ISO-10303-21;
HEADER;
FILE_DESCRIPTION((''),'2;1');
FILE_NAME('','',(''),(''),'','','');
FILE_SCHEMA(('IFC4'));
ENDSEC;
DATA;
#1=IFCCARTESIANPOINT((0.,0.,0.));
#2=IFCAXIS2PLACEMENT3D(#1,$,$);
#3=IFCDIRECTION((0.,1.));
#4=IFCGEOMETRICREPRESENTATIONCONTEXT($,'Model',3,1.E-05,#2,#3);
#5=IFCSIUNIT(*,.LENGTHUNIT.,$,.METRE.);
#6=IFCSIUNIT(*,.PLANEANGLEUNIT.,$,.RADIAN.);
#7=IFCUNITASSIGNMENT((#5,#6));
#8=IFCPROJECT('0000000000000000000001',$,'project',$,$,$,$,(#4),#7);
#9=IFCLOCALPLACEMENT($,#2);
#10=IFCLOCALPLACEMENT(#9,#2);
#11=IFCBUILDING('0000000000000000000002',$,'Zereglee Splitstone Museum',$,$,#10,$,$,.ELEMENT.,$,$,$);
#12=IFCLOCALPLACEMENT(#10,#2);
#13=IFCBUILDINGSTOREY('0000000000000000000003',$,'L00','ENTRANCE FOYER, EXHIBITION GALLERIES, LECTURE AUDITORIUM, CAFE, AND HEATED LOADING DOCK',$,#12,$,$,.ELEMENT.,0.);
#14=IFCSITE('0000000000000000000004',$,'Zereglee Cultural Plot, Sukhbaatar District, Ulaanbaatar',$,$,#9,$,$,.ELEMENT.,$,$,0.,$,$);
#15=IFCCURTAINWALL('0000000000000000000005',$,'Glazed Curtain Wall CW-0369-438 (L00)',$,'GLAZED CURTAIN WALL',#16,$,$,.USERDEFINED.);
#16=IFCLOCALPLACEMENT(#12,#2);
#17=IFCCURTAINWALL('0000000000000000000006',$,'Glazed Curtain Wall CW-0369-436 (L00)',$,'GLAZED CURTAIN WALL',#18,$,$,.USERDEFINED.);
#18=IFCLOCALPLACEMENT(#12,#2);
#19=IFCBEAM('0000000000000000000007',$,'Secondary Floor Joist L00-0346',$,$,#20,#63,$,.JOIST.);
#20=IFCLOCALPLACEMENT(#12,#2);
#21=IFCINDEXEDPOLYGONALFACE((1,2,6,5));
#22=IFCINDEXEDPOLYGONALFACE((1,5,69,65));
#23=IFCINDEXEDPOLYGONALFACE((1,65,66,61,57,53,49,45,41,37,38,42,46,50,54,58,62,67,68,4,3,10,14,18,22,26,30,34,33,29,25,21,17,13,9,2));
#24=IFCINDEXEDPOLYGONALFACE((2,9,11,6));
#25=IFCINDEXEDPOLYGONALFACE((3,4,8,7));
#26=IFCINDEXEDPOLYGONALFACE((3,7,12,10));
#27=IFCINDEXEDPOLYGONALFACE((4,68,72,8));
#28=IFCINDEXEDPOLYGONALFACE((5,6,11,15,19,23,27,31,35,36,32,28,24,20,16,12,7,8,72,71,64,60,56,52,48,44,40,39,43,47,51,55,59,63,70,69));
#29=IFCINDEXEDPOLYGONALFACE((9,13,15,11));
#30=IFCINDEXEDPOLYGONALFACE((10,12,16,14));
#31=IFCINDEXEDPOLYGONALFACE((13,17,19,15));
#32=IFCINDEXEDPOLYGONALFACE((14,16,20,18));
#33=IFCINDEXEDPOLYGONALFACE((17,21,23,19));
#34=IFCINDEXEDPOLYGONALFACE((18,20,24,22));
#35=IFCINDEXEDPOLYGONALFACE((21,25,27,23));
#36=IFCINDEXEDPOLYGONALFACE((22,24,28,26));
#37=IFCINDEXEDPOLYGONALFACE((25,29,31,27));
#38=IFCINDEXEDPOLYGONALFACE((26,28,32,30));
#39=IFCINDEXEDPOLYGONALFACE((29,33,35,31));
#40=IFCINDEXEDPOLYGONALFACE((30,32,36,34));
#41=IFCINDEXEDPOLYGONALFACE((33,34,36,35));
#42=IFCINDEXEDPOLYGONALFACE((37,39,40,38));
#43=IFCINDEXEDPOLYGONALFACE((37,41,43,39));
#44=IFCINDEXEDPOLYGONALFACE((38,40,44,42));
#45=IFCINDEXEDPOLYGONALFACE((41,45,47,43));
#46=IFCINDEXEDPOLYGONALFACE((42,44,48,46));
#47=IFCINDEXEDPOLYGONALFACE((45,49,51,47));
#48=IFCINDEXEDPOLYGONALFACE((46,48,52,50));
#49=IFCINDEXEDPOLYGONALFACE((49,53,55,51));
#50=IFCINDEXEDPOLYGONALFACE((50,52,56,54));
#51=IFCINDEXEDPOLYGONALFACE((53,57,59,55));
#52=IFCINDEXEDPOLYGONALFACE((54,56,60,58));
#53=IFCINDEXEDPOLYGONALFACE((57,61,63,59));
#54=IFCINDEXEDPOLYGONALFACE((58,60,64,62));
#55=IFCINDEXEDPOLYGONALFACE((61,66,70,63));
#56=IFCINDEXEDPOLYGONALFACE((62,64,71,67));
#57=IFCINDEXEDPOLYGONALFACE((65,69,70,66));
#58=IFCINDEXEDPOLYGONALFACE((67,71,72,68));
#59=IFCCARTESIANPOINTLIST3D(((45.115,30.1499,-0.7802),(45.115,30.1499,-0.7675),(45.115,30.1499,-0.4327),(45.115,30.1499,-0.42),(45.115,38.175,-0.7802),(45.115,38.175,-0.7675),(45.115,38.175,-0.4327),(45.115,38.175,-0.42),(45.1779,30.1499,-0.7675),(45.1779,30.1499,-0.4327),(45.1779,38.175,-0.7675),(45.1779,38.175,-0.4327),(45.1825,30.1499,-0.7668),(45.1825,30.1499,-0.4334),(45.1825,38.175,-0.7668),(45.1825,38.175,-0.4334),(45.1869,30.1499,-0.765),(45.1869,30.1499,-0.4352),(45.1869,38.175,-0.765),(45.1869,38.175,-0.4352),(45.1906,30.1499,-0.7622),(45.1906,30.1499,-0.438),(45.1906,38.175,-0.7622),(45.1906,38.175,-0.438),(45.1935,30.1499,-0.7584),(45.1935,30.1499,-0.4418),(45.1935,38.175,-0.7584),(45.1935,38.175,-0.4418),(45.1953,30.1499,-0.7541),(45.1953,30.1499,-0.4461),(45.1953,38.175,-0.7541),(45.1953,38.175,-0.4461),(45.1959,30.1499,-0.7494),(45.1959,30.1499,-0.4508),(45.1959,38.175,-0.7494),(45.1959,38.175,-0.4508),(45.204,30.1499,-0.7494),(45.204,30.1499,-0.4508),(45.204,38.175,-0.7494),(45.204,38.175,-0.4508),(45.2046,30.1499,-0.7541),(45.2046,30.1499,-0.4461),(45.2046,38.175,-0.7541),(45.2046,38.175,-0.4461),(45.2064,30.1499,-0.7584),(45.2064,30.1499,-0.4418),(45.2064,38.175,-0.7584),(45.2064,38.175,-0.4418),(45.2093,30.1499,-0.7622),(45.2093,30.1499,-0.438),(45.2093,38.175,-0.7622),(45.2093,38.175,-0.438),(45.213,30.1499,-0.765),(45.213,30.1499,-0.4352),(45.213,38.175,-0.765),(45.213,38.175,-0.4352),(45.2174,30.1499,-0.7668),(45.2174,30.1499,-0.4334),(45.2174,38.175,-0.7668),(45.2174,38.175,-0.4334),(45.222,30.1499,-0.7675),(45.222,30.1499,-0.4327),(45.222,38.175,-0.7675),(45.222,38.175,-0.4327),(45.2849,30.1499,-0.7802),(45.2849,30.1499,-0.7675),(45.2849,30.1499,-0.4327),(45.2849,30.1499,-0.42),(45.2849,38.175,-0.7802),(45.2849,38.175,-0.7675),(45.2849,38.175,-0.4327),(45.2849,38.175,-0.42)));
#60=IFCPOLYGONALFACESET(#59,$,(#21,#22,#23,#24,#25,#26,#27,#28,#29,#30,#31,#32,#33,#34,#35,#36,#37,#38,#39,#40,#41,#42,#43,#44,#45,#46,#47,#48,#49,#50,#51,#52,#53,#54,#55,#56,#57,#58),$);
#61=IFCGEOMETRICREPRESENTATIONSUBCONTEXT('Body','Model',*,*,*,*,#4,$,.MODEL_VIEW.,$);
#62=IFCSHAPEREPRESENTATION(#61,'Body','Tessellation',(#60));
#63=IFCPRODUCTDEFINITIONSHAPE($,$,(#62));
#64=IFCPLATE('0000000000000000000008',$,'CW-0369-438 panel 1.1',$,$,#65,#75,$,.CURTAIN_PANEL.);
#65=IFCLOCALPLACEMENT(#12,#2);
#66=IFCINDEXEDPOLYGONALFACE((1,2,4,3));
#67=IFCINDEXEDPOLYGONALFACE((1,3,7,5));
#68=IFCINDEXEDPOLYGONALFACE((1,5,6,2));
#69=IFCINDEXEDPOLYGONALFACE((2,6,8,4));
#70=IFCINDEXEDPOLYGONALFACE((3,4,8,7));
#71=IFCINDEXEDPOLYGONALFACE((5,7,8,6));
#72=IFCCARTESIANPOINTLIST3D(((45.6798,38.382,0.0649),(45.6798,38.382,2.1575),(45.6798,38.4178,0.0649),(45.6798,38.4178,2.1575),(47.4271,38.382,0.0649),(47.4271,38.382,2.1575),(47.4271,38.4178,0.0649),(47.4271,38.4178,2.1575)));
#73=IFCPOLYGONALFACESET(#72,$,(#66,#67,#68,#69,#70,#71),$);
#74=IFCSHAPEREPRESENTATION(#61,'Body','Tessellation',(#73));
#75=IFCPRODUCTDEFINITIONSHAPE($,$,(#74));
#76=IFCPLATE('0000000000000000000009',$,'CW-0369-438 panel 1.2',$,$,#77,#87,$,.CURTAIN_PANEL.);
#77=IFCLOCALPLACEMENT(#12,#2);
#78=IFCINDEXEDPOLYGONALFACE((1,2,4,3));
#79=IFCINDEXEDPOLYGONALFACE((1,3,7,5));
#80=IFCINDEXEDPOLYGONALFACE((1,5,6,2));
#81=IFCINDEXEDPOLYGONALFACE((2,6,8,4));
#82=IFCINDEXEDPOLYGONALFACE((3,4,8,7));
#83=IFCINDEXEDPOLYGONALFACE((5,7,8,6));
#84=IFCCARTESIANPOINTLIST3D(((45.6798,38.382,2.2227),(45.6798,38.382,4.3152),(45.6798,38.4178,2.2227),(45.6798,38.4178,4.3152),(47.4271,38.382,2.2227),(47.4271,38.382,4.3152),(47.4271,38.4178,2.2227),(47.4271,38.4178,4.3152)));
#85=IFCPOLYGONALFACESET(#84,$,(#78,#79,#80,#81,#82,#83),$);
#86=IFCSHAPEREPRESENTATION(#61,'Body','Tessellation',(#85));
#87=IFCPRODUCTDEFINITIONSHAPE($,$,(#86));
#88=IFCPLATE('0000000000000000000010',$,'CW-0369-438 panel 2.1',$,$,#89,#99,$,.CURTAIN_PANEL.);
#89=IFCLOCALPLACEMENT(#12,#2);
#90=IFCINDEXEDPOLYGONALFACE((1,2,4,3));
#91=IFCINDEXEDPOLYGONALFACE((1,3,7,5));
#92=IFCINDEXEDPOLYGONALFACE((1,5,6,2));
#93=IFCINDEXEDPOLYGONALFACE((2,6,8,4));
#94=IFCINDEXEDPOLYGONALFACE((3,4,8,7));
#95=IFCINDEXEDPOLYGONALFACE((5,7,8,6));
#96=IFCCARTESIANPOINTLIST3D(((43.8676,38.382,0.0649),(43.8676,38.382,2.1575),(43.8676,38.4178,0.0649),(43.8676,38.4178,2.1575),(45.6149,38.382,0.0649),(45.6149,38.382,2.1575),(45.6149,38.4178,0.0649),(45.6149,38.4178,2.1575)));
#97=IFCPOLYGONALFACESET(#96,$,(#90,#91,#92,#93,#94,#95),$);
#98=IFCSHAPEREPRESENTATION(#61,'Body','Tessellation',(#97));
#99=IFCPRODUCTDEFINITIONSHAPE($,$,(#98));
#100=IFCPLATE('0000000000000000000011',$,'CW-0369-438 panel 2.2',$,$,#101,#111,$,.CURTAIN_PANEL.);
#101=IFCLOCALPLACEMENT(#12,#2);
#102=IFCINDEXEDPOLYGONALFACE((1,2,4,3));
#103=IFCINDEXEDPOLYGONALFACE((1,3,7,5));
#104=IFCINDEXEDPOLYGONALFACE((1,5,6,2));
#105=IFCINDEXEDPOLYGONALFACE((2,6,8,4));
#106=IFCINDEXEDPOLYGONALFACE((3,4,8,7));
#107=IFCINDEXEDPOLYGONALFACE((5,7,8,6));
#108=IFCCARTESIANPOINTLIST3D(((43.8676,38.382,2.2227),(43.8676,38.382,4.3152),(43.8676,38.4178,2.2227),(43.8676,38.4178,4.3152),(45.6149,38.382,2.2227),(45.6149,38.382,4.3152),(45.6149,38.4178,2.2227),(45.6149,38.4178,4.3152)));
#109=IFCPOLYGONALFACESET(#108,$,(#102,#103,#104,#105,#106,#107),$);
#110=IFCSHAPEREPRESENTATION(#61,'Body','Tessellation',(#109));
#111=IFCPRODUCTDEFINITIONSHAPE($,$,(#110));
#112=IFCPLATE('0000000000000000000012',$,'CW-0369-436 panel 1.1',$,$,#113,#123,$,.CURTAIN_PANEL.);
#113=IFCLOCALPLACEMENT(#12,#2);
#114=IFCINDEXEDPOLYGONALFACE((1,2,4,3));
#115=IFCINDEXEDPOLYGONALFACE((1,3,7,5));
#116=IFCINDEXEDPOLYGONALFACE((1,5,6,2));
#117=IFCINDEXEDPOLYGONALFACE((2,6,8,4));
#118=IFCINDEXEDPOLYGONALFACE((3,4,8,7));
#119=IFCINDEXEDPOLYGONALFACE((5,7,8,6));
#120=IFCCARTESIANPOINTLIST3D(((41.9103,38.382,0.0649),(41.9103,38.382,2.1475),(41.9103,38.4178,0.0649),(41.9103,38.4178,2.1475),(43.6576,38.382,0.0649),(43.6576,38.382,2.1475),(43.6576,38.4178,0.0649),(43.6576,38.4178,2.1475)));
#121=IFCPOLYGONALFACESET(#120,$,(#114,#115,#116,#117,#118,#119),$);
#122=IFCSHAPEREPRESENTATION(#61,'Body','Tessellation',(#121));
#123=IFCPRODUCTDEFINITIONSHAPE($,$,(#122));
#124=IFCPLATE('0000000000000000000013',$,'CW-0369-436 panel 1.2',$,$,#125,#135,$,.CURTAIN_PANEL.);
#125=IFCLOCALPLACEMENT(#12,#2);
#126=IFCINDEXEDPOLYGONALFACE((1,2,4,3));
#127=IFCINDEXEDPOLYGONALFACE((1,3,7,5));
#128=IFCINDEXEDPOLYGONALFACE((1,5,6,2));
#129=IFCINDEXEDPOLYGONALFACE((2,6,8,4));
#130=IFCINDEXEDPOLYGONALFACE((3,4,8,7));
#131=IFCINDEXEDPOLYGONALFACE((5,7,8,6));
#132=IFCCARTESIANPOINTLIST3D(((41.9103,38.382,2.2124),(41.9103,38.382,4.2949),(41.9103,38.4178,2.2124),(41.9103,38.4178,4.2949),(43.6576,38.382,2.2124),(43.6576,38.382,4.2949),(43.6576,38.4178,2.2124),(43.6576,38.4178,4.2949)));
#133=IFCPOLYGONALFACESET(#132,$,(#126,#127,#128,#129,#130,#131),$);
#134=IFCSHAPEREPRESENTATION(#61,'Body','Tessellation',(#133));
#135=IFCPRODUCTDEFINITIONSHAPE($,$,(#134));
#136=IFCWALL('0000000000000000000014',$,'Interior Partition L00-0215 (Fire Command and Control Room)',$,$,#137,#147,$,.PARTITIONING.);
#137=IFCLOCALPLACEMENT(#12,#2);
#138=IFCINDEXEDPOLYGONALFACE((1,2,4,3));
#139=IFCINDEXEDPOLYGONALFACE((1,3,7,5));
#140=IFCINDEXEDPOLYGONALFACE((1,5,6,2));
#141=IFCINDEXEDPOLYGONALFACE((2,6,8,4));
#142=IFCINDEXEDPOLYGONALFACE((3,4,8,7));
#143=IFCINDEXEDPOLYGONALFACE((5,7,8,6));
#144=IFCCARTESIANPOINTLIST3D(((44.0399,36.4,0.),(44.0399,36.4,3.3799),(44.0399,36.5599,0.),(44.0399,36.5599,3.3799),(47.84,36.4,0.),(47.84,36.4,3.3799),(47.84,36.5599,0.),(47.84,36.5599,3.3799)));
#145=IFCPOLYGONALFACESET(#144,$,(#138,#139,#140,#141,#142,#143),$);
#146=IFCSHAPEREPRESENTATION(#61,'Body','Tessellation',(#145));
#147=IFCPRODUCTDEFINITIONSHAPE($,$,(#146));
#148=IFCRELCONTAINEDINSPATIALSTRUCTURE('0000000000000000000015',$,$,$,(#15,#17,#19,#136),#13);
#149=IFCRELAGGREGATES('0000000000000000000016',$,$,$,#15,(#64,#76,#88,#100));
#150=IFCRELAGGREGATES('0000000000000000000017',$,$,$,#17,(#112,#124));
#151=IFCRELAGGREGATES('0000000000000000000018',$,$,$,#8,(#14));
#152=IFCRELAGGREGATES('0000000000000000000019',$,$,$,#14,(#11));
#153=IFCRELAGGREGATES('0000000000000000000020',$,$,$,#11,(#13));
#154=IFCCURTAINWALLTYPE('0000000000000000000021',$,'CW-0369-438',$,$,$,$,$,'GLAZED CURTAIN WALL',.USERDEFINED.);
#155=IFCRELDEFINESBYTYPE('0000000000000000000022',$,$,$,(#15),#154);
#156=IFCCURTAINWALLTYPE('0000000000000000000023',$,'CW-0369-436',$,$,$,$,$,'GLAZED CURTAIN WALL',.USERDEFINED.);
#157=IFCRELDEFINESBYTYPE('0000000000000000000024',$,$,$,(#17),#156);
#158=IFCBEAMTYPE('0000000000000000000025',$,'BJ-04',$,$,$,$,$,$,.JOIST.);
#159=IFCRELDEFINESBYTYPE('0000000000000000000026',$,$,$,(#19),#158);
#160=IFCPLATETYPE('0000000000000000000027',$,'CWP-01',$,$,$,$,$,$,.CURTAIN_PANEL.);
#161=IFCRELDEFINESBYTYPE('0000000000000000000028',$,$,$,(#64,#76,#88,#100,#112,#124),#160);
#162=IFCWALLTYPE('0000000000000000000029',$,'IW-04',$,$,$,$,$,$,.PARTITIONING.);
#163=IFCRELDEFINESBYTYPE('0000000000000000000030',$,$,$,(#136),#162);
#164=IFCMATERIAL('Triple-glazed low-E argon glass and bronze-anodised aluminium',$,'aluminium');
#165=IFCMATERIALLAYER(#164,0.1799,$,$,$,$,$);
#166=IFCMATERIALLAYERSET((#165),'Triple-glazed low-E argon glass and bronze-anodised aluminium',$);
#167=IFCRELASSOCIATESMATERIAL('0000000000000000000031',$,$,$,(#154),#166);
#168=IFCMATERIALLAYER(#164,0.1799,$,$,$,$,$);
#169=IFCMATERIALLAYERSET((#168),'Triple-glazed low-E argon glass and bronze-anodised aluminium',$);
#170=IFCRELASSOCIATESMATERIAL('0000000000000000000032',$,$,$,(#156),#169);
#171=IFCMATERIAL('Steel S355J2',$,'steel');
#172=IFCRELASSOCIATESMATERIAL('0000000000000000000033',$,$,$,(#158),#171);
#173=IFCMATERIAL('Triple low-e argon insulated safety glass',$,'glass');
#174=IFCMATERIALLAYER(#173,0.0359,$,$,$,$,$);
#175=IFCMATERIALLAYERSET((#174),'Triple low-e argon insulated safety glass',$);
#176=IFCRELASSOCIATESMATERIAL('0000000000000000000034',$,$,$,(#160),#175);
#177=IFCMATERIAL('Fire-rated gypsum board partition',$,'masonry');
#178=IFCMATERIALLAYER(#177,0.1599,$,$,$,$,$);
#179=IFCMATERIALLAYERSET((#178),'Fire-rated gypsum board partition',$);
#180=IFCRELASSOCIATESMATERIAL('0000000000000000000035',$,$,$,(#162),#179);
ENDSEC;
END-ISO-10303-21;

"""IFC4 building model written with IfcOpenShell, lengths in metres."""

from ifc_helpers import new_model, si_unit, direction, frame, frame_2d, origin, origin_2d, place, context, subcontext, project, spatial, rectangle, i_section, extrude, material, layer, layer_set, material_profile, profile_set, type_object, element, aggregate, save


model = new_model("IFC4")

# Units and contexts
model_context = context("Model", 3, precision=1e-05, world=origin(), true_north=direction((0.0, 1.0)))
body_context = subcontext(model_context, "Body", "Model", "MODEL_VIEW")
ifc_project = project(units=[si_unit("LENGTHUNIT", "METRE"), si_unit("PLANEANGLEUNIT", "RADIAN")], contexts=[model_context])

# Site, building, storey
site_placement = place(None, origin())
site = spatial("IfcSite", under=ifc_project, at=site_placement, Name="Zereglee Cultural Plot, Sukhbaatar District, Ulaanbaatar", CompositionType="ELEMENT", RefElevation=0.0)
building_placement = place(site_placement, origin())
building = spatial("IfcBuilding", under=site, at=building_placement, Name="Zereglee Splitstone Museum", CompositionType="ELEMENT")
storey_placement = place(building_placement, origin())
storey = spatial("IfcBuildingStorey", under=building, at=storey_placement, Name="L00", Description="ENTRANCE FOYER, EXHIBITION GALLERIES, LECTURE AUDITORIUM, CAFE, AND HEATED LOADING DOCK", CompositionType="ELEMENT", Elevation=0.0)

# Curtain wall
ifc_material_1 = material(Name="Triple-glazed low-E argon glass and bronze-anodised aluminium", Category="aluminium")
ifc_layer_1 = layer(ifc_material_1, 0.1799)
ifc_layer_set_1 = layer_set([ifc_layer_1], Name="Triple-glazed low-E argon glass and bronze-anodised aluminium")
curtain_wall_type_1 = type_object("IfcCurtainWallType", Name="CW-0369-438", ElementType="GLAZED CURTAIN WALL", PredefinedType="USERDEFINED", material=ifc_layer_set_1)
curtain_wall_1_placement = place(storey_placement, origin())
curtain_wall_1 = element("IfcCurtainWall", 1, at=curtain_wall_1_placement, inside=storey, type_object=curtain_wall_type_1, Name="Glazed Curtain Wall CW-0369-438 (L00)", ObjectType="GLAZED CURTAIN WALL", PredefinedType="USERDEFINED")

# Curtain wall
ifc_layer_2 = layer(ifc_material_1, 0.1799)
ifc_layer_set_2 = layer_set([ifc_layer_2], Name="Triple-glazed low-E argon glass and bronze-anodised aluminium")
curtain_wall_type_2 = type_object("IfcCurtainWallType", Name="CW-0369-436", ElementType="GLAZED CURTAIN WALL", PredefinedType="USERDEFINED", material=ifc_layer_set_2)
curtain_wall_2_placement = place(storey_placement, origin())
curtain_wall_2 = element("IfcCurtainWall", 2, at=curtain_wall_2_placement, inside=storey, type_object=curtain_wall_type_2, Name="Glazed Curtain Wall CW-0369-436 (L00)", ObjectType="GLAZED CURTAIN WALL", PredefinedType="USERDEFINED")

# Beam
ifc_material_2 = material(Name="Steel S355J2", Category="steel")
ifc_material_profile_1 = material_profile(ifc_material_2, i_section(OverallWidth=0.1699, OverallDepth=0.3601, WebThickness=0.0081, FlangeThickness=0.0127, FilletRadius=0.0181, at=origin_2d()), Name="IPE 360")
ifc_profile_set_1 = profile_set([ifc_material_profile_1], Name="Steel S355J2")
beam_type = type_object("IfcBeamType", Name="BJ-04", PredefinedType="JOIST", material=ifc_profile_set_1)
beam_placement = place(storey_placement, frame((45.2, 30.1499, -0.6001), z_axis=(0.0, 1.0, 0.0), x_axis=(-1.0, 0.0, 0.0)))
element("IfcBeam", 3, at=beam_placement, inside=storey, type_object=beam_type, Name="Secondary Floor Joist L00-0346", PredefinedType="JOIST", context=body_context, shape_type="SweptSolid", body=[
    extrude(i_section(OverallWidth=0.1699, OverallDepth=0.3601, WebThickness=0.0081, FlangeThickness=0.0127, FilletRadius=0.0181, at=origin_2d()), origin(), (0.0, 0.0, 1.0), 8.0251),
])

# Plates
ifc_material_3 = material(Name="Triple low-e argon insulated safety glass", Category="glass")
ifc_layer_3 = layer(ifc_material_3, 0.0359)
ifc_layer_set_3 = layer_set([ifc_layer_3], Name="Triple low-e argon insulated safety glass")
plate_type = type_object("IfcPlateType", Name="CWP-01", PredefinedType="CURTAIN_PANEL", material=ifc_layer_set_3)
plate_1_placement = place(storey_placement, frame((46.5535, 38.3999, 0.0649), z_axis=(0.0, 0.0, 1.0), x_axis=(-1.0, 0.0, 0.0)))
plate_1 = element("IfcPlate", 4, at=plate_1_placement, type_object=plate_type, Name="CW-0369-438 panel 1.1", PredefinedType="CURTAIN_PANEL", context=body_context, shape_type="SweptSolid", body=[
    extrude(rectangle(XDim=1.7473, YDim=0.0359, at=origin_2d()), origin(), (0.0, 0.0, 1.0), 2.0925),
])
plate_2_placement = place(storey_placement, frame((46.5535, 38.3999, 2.2227), z_axis=(0.0, 0.0, 1.0), x_axis=(-1.0, 0.0, 0.0)))
plate_2 = element("IfcPlate", 5, at=plate_2_placement, type_object=plate_type, Name="CW-0369-438 panel 1.2", PredefinedType="CURTAIN_PANEL", context=body_context, shape_type="SweptSolid", body=[
    extrude(rectangle(XDim=1.7473, YDim=0.0359, at=origin_2d()), origin(), (0.0, 0.0, 1.0), 2.0925),
])
plate_3_placement = place(storey_placement, frame((44.7412, 38.3999, 0.0649), z_axis=(0.0, 0.0, 1.0), x_axis=(-1.0, 0.0, 0.0)))
plate_3 = element("IfcPlate", 6, at=plate_3_placement, type_object=plate_type, Name="CW-0369-438 panel 2.1", PredefinedType="CURTAIN_PANEL", context=body_context, shape_type="SweptSolid", body=[
    extrude(rectangle(XDim=1.7473, YDim=0.0359, at=origin_2d()), origin(), (0.0, 0.0, 1.0), 2.0925),
])
plate_4_placement = place(storey_placement, frame((44.7412, 38.3999, 2.2227), z_axis=(0.0, 0.0, 1.0), x_axis=(-1.0, 0.0, 0.0)))
plate_4 = element("IfcPlate", 7, at=plate_4_placement, type_object=plate_type, Name="CW-0369-438 panel 2.2", PredefinedType="CURTAIN_PANEL", context=body_context, shape_type="SweptSolid", body=[
    extrude(rectangle(XDim=1.7473, YDim=0.0359, at=origin_2d()), origin(), (0.0, 0.0, 1.0), 2.0925),
])
aggregate(curtain_wall_1, [plate_1, plate_2, plate_3, plate_4])
plate_5_placement = place(storey_placement, frame((42.7839, 38.3999, 0.0649), z_axis=(0.0, 0.0, 1.0), x_axis=(-1.0, 0.0, 0.0)))
plate_5 = element("IfcPlate", 8, at=plate_5_placement, type_object=plate_type, Name="CW-0369-436 panel 1.1", PredefinedType="CURTAIN_PANEL", context=body_context, shape_type="SweptSolid", body=[
    extrude(rectangle(XDim=1.7473, YDim=0.0359, at=origin_2d()), origin(), (0.0, 0.0, 1.0), 2.0825),
])
plate_6_placement = place(storey_placement, frame((42.7839, 38.3999, 2.2124), z_axis=(0.0, 0.0, 1.0), x_axis=(-1.0, 0.0, 0.0)))
plate_6 = element("IfcPlate", 9, at=plate_6_placement, type_object=plate_type, Name="CW-0369-436 panel 1.2", PredefinedType="CURTAIN_PANEL", context=body_context, shape_type="SweptSolid", body=[
    extrude(rectangle(XDim=1.7473, YDim=0.0359, at=origin_2d()), origin(), (0.0, 0.0, 1.0), 2.0825),
])
aggregate(curtain_wall_2, [plate_5, plate_6])

# Wall
ifc_material_4 = material(Name="Fire-rated gypsum board partition", Category="masonry")
ifc_layer_4 = layer(ifc_material_4, 0.1599)
ifc_layer_set_4 = layer_set([ifc_layer_4], Name="Fire-rated gypsum board partition")
wall_type = type_object("IfcWallType", Name="IW-04", PredefinedType="PARTITIONING", material=ifc_layer_set_4)
wall_placement = place(storey_placement, frame((44.04, 36.48, 0.0), z_axis=(0.0, 0.0, 1.0), x_axis=(1.0, 0.0, 0.0)))
element("IfcWall", 10, at=wall_placement, inside=storey, type_object=wall_type, Name="Interior Partition L00-0215 (Fire Command and Control Room)", PredefinedType="PARTITIONING", context=body_context, shape_type="SweptSolid", body=[
    extrude(rectangle(XDim=3.8, YDim=0.1599, at=frame_2d((1.8999, 0.0))), origin(), (0.0, 0.0, 1.0), 3.3799),
])

save(model, "model.ifc")
